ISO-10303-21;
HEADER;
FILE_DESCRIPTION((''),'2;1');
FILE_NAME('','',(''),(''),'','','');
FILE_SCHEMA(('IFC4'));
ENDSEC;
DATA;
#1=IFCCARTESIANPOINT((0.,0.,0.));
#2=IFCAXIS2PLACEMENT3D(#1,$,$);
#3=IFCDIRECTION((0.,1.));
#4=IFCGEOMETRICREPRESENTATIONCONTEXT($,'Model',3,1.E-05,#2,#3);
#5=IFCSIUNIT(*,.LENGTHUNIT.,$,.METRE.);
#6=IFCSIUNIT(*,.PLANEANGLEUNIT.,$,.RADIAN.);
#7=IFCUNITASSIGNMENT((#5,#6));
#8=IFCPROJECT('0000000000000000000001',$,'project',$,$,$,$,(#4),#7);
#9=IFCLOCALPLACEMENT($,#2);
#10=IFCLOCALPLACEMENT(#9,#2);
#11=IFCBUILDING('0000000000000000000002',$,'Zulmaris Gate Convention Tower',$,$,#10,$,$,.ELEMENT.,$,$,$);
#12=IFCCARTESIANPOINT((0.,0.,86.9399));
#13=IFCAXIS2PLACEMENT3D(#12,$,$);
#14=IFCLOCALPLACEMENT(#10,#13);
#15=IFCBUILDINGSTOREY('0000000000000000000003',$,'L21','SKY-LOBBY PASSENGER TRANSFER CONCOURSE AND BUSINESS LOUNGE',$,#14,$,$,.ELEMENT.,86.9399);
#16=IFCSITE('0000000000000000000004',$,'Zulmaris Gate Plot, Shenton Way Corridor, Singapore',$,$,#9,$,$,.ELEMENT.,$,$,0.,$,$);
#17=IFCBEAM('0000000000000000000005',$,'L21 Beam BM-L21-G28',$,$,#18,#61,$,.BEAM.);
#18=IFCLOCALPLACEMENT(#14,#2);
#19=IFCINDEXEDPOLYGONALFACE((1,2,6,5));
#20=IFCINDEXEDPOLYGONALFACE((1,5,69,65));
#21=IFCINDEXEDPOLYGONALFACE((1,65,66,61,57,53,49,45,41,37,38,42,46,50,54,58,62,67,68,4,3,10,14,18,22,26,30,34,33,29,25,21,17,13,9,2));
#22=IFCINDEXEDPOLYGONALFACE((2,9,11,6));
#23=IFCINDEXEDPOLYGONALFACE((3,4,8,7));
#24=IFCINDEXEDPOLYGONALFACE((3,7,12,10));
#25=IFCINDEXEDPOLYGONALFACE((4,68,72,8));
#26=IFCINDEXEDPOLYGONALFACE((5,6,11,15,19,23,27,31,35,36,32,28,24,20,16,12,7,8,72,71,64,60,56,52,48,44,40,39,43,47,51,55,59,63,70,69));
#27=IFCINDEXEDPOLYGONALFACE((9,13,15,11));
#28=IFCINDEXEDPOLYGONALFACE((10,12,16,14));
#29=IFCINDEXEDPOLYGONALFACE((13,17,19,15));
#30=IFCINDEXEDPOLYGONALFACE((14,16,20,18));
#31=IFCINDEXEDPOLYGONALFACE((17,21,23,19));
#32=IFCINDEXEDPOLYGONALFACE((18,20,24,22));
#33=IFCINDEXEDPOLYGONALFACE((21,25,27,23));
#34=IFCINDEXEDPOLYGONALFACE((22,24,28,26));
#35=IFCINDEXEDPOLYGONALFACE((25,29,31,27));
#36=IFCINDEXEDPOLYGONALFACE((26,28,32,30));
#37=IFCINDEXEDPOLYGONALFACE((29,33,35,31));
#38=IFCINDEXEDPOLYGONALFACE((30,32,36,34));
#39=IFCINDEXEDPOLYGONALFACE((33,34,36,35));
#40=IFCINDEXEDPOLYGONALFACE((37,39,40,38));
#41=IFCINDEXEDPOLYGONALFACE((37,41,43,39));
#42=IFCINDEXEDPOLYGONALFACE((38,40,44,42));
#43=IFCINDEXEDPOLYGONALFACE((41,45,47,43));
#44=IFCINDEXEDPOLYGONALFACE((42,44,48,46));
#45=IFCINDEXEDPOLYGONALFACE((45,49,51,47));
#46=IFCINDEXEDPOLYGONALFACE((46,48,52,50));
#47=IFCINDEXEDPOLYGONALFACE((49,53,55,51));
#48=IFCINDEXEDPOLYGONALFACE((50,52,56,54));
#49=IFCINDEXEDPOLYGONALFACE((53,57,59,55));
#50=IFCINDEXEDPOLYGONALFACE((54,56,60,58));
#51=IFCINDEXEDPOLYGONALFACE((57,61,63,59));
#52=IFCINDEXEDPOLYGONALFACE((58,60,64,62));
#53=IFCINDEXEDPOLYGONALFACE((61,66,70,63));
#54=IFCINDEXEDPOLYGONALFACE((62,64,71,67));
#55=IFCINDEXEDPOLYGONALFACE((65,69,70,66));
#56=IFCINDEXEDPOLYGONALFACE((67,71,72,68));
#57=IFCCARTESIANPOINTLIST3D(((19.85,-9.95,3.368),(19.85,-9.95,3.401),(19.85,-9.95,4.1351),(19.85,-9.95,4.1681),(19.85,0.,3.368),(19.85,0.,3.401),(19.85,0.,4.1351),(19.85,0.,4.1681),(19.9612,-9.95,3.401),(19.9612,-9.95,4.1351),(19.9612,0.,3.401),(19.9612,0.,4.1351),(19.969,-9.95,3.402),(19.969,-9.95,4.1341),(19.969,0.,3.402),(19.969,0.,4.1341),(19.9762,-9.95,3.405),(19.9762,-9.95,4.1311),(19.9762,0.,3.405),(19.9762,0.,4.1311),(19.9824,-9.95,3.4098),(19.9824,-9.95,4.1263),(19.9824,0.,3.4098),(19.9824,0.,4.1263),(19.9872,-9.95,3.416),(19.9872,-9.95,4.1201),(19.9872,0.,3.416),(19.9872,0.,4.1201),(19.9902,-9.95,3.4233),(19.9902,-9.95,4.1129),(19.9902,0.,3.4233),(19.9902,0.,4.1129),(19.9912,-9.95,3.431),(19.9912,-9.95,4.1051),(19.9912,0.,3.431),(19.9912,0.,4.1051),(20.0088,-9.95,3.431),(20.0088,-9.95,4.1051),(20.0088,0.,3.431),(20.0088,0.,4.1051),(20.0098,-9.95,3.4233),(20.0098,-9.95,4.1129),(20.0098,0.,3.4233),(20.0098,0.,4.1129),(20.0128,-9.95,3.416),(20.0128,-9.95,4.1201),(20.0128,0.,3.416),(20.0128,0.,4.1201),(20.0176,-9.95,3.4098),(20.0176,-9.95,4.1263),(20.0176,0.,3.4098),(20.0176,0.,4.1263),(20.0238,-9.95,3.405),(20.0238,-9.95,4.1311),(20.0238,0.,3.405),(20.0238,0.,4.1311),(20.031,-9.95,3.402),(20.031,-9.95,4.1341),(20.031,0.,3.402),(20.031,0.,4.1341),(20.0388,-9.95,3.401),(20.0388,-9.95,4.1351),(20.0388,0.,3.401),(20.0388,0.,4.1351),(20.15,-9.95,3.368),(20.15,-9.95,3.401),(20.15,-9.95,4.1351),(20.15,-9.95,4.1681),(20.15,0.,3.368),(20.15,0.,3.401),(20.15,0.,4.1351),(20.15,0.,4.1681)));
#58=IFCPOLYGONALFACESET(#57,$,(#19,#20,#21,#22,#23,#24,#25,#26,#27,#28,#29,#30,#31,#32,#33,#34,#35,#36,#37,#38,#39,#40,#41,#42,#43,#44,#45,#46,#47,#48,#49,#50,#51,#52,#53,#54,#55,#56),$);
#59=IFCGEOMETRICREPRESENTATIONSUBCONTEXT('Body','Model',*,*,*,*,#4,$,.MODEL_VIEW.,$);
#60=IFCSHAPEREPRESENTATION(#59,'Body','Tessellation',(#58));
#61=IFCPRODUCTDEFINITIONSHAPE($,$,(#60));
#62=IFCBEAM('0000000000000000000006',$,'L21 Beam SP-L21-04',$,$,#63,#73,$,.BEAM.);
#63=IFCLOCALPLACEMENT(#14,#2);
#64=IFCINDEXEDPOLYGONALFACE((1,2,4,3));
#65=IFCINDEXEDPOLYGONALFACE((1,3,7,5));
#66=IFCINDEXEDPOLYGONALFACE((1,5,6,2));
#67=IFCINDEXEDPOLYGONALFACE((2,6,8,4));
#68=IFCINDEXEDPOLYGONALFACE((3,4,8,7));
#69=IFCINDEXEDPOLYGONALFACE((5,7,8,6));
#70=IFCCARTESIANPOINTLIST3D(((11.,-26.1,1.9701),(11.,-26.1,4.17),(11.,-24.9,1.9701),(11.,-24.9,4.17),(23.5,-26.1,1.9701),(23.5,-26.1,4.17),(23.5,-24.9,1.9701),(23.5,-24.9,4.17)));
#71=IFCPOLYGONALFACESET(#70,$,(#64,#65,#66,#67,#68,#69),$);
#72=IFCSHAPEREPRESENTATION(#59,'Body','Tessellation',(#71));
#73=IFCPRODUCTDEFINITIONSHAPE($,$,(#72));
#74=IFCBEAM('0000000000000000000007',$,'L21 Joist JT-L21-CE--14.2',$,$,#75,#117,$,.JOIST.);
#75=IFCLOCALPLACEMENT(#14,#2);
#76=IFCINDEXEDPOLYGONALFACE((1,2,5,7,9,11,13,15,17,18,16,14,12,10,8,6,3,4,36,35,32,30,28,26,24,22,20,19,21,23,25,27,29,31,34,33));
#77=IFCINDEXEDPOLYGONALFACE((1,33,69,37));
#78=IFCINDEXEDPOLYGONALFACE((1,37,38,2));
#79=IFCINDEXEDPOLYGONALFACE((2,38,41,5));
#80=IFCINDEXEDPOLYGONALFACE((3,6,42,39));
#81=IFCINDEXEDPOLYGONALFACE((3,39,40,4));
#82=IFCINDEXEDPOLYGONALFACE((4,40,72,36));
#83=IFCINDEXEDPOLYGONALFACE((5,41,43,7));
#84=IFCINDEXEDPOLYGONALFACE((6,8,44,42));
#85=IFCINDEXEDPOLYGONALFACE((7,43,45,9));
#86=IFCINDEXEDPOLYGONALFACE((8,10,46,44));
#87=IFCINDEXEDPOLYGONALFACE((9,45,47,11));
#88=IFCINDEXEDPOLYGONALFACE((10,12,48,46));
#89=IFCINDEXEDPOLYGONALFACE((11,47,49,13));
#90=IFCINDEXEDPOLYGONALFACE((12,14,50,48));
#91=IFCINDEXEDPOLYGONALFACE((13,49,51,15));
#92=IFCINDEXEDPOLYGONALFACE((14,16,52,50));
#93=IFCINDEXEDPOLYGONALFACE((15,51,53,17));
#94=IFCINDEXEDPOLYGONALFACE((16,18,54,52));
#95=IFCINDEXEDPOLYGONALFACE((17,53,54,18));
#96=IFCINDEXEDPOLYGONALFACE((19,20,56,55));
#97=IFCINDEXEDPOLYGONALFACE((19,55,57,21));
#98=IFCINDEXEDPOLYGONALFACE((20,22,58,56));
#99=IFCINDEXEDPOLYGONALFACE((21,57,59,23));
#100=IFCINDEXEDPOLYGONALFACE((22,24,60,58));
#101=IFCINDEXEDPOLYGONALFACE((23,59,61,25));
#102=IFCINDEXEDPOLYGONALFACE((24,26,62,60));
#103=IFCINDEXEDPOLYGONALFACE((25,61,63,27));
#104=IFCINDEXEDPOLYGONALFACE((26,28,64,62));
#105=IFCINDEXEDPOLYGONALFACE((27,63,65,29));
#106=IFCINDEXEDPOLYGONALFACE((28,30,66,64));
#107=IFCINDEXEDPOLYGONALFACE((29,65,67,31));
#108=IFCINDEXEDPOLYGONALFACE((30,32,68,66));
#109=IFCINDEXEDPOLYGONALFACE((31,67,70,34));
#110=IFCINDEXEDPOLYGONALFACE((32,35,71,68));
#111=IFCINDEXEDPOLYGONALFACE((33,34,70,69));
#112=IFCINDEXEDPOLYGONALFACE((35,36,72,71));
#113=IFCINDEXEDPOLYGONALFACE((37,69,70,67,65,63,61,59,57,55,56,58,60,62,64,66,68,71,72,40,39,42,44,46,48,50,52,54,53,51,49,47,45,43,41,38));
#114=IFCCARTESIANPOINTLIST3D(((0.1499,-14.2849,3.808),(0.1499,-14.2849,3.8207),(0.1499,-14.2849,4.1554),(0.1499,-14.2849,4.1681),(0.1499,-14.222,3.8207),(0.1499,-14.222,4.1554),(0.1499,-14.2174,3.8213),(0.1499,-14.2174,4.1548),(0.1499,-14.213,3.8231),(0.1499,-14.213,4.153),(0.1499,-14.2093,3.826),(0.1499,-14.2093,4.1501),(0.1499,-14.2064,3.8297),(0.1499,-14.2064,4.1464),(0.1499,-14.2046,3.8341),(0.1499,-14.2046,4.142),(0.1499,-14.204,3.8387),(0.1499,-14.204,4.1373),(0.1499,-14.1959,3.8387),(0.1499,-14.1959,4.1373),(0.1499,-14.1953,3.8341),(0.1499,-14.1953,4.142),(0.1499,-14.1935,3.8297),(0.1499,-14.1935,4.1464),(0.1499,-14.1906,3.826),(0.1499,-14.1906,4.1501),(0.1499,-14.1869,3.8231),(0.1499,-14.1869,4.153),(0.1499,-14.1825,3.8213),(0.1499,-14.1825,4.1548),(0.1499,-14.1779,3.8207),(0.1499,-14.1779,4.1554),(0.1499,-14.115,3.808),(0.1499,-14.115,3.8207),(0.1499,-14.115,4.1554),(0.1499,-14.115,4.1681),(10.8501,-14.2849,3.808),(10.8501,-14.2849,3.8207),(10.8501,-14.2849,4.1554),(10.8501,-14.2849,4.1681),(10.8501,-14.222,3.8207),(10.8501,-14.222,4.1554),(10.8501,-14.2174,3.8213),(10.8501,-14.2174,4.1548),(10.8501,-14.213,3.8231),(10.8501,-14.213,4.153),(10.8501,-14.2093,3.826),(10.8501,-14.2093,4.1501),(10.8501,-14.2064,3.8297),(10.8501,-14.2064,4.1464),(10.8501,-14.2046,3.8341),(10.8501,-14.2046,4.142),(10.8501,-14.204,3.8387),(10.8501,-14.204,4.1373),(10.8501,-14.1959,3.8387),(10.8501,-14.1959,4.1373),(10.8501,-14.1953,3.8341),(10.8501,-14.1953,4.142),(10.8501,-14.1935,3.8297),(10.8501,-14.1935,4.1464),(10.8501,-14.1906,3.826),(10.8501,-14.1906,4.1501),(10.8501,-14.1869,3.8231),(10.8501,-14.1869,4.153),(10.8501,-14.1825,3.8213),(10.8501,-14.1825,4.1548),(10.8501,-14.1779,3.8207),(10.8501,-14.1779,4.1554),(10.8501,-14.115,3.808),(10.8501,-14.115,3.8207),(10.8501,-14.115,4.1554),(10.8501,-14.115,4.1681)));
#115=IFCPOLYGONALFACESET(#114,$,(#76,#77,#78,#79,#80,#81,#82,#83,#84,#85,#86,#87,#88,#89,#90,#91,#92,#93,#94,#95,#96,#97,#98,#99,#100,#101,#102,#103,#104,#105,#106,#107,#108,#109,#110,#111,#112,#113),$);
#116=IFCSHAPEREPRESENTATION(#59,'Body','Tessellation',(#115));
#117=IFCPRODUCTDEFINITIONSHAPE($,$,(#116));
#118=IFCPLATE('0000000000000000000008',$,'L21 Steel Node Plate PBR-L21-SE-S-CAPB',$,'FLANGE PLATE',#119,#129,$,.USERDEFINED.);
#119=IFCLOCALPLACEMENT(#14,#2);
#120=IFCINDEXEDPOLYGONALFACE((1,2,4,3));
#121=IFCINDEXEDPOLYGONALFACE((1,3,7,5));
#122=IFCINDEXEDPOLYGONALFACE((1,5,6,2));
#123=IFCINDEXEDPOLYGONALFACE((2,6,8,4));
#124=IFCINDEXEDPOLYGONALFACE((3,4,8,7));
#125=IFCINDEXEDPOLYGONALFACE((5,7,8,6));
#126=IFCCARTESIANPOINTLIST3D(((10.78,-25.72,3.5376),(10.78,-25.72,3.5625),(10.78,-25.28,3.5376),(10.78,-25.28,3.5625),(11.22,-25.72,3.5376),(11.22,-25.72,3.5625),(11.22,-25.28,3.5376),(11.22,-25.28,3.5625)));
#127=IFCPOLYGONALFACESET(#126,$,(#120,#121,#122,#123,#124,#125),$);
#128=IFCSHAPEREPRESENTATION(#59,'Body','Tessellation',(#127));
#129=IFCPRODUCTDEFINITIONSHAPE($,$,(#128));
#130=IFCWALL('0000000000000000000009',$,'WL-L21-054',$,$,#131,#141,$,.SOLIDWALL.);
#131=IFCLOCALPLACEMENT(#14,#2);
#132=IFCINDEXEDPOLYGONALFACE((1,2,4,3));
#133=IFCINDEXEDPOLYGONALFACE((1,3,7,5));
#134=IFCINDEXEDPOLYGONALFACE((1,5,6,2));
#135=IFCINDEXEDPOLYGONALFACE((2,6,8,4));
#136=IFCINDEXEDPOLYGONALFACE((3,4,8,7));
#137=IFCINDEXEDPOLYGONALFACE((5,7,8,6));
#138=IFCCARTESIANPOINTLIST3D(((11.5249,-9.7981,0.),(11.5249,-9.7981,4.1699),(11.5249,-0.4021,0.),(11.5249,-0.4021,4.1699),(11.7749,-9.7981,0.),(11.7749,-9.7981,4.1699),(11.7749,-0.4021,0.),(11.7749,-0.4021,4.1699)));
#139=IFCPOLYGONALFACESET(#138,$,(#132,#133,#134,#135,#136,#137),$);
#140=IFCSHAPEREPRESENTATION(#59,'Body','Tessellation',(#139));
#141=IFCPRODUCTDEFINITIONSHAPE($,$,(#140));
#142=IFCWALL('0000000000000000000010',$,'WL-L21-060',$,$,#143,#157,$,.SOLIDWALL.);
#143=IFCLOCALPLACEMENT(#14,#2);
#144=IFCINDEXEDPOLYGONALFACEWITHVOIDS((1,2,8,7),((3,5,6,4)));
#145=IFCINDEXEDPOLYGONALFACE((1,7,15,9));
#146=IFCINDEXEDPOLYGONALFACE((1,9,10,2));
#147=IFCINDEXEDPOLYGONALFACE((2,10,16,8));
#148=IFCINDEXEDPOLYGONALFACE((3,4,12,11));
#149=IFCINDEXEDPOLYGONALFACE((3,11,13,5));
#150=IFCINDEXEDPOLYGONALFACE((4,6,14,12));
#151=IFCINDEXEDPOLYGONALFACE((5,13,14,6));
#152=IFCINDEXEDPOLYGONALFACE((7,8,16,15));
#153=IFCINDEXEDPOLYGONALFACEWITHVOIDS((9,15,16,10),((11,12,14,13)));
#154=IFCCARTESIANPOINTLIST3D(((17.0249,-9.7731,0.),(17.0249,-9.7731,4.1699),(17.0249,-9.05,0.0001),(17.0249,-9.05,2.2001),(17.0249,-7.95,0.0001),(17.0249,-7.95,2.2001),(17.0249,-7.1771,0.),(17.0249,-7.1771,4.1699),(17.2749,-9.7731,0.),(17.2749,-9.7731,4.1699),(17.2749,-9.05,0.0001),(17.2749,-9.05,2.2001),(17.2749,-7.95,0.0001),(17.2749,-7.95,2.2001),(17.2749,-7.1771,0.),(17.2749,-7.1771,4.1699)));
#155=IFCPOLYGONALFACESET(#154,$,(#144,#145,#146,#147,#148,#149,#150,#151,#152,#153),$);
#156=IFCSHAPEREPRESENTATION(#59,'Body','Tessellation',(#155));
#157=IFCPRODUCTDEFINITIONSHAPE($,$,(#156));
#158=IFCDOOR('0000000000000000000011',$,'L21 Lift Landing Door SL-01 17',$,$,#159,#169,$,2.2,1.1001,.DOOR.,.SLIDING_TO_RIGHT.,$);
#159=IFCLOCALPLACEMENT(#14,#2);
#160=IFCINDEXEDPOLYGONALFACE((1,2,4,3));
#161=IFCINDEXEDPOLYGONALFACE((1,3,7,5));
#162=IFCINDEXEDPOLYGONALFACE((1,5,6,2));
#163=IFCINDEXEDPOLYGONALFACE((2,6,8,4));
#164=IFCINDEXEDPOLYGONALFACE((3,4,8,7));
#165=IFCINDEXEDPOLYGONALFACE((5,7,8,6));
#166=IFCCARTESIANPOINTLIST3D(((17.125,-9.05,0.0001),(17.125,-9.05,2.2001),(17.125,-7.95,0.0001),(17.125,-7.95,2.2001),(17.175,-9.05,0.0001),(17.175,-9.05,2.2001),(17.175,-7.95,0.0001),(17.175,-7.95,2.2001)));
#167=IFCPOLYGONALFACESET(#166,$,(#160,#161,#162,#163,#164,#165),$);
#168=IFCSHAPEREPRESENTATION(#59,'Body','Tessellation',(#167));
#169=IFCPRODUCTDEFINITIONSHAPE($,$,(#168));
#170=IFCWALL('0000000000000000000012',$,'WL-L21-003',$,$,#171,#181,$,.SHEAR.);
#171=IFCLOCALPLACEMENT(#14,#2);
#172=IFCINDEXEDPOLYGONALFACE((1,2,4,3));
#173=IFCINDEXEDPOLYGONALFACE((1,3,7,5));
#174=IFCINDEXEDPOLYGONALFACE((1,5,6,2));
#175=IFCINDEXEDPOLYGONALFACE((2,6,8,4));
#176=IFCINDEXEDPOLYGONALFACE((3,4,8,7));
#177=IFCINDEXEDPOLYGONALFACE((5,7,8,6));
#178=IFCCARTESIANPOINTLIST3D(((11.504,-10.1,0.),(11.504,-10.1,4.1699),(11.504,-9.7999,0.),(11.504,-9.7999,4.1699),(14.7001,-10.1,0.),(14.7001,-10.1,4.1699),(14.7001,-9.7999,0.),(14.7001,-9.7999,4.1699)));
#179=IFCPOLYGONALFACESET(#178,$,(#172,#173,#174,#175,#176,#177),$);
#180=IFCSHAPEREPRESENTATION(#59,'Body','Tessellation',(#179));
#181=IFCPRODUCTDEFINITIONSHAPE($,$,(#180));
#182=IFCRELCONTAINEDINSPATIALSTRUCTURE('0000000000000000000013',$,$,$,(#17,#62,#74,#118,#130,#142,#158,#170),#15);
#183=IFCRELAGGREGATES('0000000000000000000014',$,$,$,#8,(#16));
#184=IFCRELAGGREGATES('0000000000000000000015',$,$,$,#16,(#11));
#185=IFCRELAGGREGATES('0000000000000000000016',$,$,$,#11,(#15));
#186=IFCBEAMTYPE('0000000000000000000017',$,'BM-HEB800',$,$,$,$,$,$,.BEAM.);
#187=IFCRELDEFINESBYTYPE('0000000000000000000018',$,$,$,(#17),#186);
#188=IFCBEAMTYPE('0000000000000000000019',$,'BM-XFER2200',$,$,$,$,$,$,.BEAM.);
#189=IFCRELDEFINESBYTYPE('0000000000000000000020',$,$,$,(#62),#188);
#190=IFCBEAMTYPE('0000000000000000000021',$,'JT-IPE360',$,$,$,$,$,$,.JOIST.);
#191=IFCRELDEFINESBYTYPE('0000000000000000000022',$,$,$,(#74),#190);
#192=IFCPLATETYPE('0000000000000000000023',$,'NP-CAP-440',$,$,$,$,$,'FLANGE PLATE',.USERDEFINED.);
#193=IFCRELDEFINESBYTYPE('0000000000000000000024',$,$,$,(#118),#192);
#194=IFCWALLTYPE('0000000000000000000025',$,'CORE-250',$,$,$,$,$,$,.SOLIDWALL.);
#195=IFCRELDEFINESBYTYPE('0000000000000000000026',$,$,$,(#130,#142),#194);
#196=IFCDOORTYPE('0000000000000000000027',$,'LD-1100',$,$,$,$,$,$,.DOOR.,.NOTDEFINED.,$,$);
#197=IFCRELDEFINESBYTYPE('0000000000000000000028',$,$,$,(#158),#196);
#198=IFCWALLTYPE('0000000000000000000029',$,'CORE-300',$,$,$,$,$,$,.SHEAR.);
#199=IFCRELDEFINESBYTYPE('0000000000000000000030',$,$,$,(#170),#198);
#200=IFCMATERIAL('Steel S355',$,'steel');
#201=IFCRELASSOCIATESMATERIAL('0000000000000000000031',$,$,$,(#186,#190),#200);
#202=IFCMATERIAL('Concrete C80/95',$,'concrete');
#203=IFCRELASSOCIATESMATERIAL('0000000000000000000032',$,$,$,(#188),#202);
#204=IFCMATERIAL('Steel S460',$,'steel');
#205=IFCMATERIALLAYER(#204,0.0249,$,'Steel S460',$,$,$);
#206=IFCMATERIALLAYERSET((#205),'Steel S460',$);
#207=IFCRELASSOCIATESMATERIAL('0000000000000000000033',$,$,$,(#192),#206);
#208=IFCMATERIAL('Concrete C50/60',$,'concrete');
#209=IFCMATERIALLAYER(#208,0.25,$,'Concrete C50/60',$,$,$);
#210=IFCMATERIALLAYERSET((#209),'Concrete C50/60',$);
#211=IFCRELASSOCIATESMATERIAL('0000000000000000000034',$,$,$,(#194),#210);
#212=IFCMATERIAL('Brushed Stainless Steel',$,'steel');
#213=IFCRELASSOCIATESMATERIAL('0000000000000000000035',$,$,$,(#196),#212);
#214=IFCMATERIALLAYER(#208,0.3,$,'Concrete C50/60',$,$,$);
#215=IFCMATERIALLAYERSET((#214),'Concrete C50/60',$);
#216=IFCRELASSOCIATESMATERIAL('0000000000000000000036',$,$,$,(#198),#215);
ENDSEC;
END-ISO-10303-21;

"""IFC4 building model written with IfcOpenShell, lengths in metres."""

from ifc_helpers import new_model, si_unit, direction, frame, frame_2d, origin, origin_2d, place, context, subcontext, project, spatial, rectangle, i_section, extrude, material, layer, layer_set, material_profile, profile_set, type_object, element, fill, save


model = new_model("IFC4")

# Units and contexts
model_context = context("Model", 3, precision=1e-05, world=origin(), true_north=direction((0.0, 1.0)))
body_context = subcontext(model_context, "Body", "Model", "MODEL_VIEW")
ifc_project = project(units=[si_unit("LENGTHUNIT", "METRE"), si_unit("PLANEANGLEUNIT", "RADIAN")], contexts=[model_context])

# Site, building, storey
site_placement = place(None, origin())
site = spatial("IfcSite", under=ifc_project, at=site_placement, Name="Zulmaris Gate Plot, Shenton Way Corridor, Singapore", CompositionType="ELEMENT", RefElevation=0.0)
building_placement = place(site_placement, origin())
building = spatial("IfcBuilding", under=site, at=building_placement, Name="Zulmaris Gate Convention Tower", CompositionType="ELEMENT")
storey_placement = place(building_placement, frame((0.0, 0.0, 86.9399)))
storey = spatial("IfcBuildingStorey", under=building, at=storey_placement, Name="L21", Description="SKY-LOBBY PASSENGER TRANSFER CONCOURSE AND BUSINESS LOUNGE", CompositionType="ELEMENT", Elevation=86.9399)

# Beams
ifc_material_1 = material(Name="Steel S355", Category="steel")
ifc_material_profile_1 = material_profile(ifc_material_1, i_section(OverallWidth=0.3, OverallDepth=0.8, WebThickness=0.0176, FlangeThickness=0.033, FilletRadius=0.03, at=origin_2d()), Name="HEB 800")
ifc_profile_set_1 = profile_set([ifc_material_profile_1], Name="Steel S355")
beam_type_1 = type_object("IfcBeamType", Name="BM-HEB800", PredefinedType="BEAM", material=ifc_profile_set_1)
beam_1_placement = place(storey_placement, frame((20.0, -9.95, 3.7681), z_axis=(0.0, 1.0, 0.0), x_axis=(-1.0, 0.0, 0.0)))
element("IfcBeam", 1, at=beam_1_placement, inside=storey, type_object=beam_type_1, Name="L21 Beam BM-L21-G28", PredefinedType="BEAM", context=body_context, shape_type="SweptSolid", body=[
    extrude(i_section(OverallWidth=0.3, OverallDepth=0.8, WebThickness=0.0176, FlangeThickness=0.033, FilletRadius=0.03, at=origin_2d()), origin(), (0.0, 0.0, 1.0), 9.95),
])
ifc_material_2 = material(Name="Concrete C80/95", Category="concrete")
ifc_material_profile_2 = material_profile(ifc_material_2, rectangle(XDim=1.2, YDim=2.2, at=origin_2d()), Name="RC TRANSFER 1200x2200")
ifc_profile_set_2 = profile_set([ifc_material_profile_2], Name="Concrete C80/95")
beam_type_2 = type_object("IfcBeamType", Name="BM-XFER2200", PredefinedType="BEAM", material=ifc_profile_set_2)
beam_2_placement = place(storey_placement, frame((11.0, -25.5, 3.0701), z_axis=(1.0, 0.0, 0.0), x_axis=(0.0, 1.0, 0.0)))
element("IfcBeam", 2, at=beam_2_placement, inside=storey, type_object=beam_type_2, Name="L21 Beam SP-L21-04", PredefinedType="BEAM", context=body_context, shape_type="SweptSolid", body=[
    extrude(rectangle(XDim=1.2, YDim=2.2, at=origin_2d()), origin(), (0.0, 0.0, 1.0), 12.5),
])
ifc_material_profile_3 = material_profile(ifc_material_1, i_section(OverallWidth=0.1699, OverallDepth=0.3601, WebThickness=0.0081, FlangeThickness=0.0127, FilletRadius=0.0181, at=origin_2d()), Name="IPE 360")
ifc_profile_set_3 = profile_set([ifc_material_profile_3], Name="Steel S355")
beam_type_3 = type_object("IfcBeamType", Name="JT-IPE360", PredefinedType="JOIST", material=ifc_profile_set_3)
beam_3_placement = place(storey_placement, frame((0.1499, -14.2, 3.988), z_axis=(1.0, 0.0, 0.0), x_axis=(0.0, 1.0, 0.0)))
element("IfcBeam", 3, at=beam_3_placement, inside=storey, type_object=beam_type_3, Name="L21 Joist JT-L21-CE--14.2", PredefinedType="JOIST", context=body_context, shape_type="SweptSolid", body=[
    extrude(i_section(OverallWidth=0.1699, OverallDepth=0.3601, WebThickness=0.0081, FlangeThickness=0.0127, FilletRadius=0.0181, at=origin_2d()), origin(), (0.0, 0.0, 1.0), 10.7002),
])

# Plate
ifc_material_3 = material(Name="Steel S460", Category="steel")
ifc_layer_1 = layer(ifc_material_3, 0.0249, Name="Steel S460")
ifc_layer_set_1 = layer_set([ifc_layer_1], Name="Steel S460")
plate_type = type_object("IfcPlateType", Name="NP-CAP-440", ElementType="FLANGE PLATE", PredefinedType="USERDEFINED", material=ifc_layer_set_1)
plate_placement = place(storey_placement, frame((11.0, -25.5, 3.5376), z_axis=(0.0, 0.0, 1.0), x_axis=(1.0, 0.0, 0.0)))
element("IfcPlate", 4, at=plate_placement, inside=storey, type_object=plate_type, Name="L21 Steel Node Plate PBR-L21-SE-S-CAPB", ObjectType="FLANGE PLATE", PredefinedType="USERDEFINED", context=body_context, shape_type="SweptSolid", body=[
    extrude(rectangle(XDim=0.4399, YDim=0.4399, at=origin_2d()), origin(), (0.0, 0.0, 1.0), 0.0249),
])

# Wall
ifc_material_4 = material(Name="Concrete C50/60", Category="concrete")
ifc_layer_2 = layer(ifc_material_4, 0.25, Name="Concrete C50/60")
ifc_layer_set_2 = layer_set([ifc_layer_2], Name="Concrete C50/60")
wall_type_1 = type_object("IfcWallType", Name="CORE-250", PredefinedType="SOLIDWALL", material=ifc_layer_set_2)
wall_1_placement = place(storey_placement, frame((11.6499, -9.7981, 0.0), z_axis=(0.0, 0.0, 1.0), x_axis=(0.0, 1.0, 0.0)))
element("IfcWall", 5, at=wall_1_placement, inside=storey, type_object=wall_type_1, Name="WL-L21-054", PredefinedType="SOLIDWALL", context=body_context, shape_type="SweptSolid", body=[
    extrude(rectangle(XDim=9.396, YDim=0.25, at=frame_2d((4.698, 0.0))), origin(), (0.0, 0.0, 1.0), 4.1699),
])

# Wall, opening, door
wall_2_placement = place(storey_placement, frame((17.1499, -9.7729, 0.0), z_axis=(0.0, 0.0, 1.0), x_axis=(0.0, 1.0, 0.0)))
wall_2 = element("IfcWall", 6, at=wall_2_placement, inside=storey, type_object=wall_type_1, Name="WL-L21-060", PredefinedType="SOLIDWALL", context=body_context, shape_type="SweptSolid", body=[
    extrude(rectangle(XDim=2.5959, YDim=0.25, at=frame_2d((1.2979, 0.0))), origin(), (0.0, 0.0, 1.0), 4.1699),
])
opening_1_placement = place(wall_2_placement, frame((0.7229, 0.0, 0.0)))
opening_1 = element("IfcOpeningElement", 7, at=opening_1_placement, cuts=wall_2, PredefinedType="OPENING", context=body_context, shape_type="SweptSolid", body=[
    extrude(rectangle(XDim=1.1001, YDim=2.2, at=frame_2d((0.55, 1.1001))), frame((0.0, 0.135, 0.0), z_axis=(0.0, -1.0, 0.0), x_axis=(1.0, 0.0, 0.0)), (0.0, 0.0, 1.0), 0.27),
])
ifc_material_5 = material(Name="Brushed Stainless Steel", Category="steel")
door_type_1 = type_object("IfcDoorType", Name="LD-1100", OperationType="NOTDEFINED", PredefinedType="DOOR", material=ifc_material_5)
door_1_placement = place(opening_1_placement, origin())
door_1 = element("IfcDoor", 8, at=door_1_placement, inside=storey, type_object=door_type_1, Name="L21 Lift Landing Door SL-01 17", OperationType="SLIDING_TO_RIGHT", OverallHeight=2.2, OverallWidth=1.1001, PredefinedType="DOOR", context=body_context, shape_type="SweptSolid", body=[
    extrude(rectangle(XDim=1.1001, YDim=2.2, at=frame_2d((0.55, 1.1001))), frame((0.0, 0.0249, 0.0), z_axis=(0.0, -1.0, 0.0), x_axis=(1.0, 0.0, 0.0)), (0.0, 0.0, 1.0), 0.05),
])
fill(opening_1, door_1)

# Wall
ifc_layer_3 = layer(ifc_material_4, 0.3, Name="Concrete C50/60")
ifc_layer_set_3 = layer_set([ifc_layer_3], Name="Concrete C50/60")
wall_type_2 = type_object("IfcWallType", Name="CORE-300", PredefinedType="SHEAR", material=ifc_layer_set_3)
wall_3_placement = place(storey_placement, frame((11.5039, -9.95, 0.0), z_axis=(0.0, 0.0, 1.0), x_axis=(1.0, 0.0, 0.0)))
element("IfcWall", 9, at=wall_3_placement, inside=storey, type_object=wall_type_2, Name="WL-L21-003", PredefinedType="SHEAR", context=body_context, shape_type="SweptSolid", body=[
    extrude(rectangle(XDim=3.196, YDim=0.3, at=frame_2d((1.5981, 0.0))), origin(), (0.0, 0.0, 1.0), 4.1699),
])

save(model, "model.ifc")
